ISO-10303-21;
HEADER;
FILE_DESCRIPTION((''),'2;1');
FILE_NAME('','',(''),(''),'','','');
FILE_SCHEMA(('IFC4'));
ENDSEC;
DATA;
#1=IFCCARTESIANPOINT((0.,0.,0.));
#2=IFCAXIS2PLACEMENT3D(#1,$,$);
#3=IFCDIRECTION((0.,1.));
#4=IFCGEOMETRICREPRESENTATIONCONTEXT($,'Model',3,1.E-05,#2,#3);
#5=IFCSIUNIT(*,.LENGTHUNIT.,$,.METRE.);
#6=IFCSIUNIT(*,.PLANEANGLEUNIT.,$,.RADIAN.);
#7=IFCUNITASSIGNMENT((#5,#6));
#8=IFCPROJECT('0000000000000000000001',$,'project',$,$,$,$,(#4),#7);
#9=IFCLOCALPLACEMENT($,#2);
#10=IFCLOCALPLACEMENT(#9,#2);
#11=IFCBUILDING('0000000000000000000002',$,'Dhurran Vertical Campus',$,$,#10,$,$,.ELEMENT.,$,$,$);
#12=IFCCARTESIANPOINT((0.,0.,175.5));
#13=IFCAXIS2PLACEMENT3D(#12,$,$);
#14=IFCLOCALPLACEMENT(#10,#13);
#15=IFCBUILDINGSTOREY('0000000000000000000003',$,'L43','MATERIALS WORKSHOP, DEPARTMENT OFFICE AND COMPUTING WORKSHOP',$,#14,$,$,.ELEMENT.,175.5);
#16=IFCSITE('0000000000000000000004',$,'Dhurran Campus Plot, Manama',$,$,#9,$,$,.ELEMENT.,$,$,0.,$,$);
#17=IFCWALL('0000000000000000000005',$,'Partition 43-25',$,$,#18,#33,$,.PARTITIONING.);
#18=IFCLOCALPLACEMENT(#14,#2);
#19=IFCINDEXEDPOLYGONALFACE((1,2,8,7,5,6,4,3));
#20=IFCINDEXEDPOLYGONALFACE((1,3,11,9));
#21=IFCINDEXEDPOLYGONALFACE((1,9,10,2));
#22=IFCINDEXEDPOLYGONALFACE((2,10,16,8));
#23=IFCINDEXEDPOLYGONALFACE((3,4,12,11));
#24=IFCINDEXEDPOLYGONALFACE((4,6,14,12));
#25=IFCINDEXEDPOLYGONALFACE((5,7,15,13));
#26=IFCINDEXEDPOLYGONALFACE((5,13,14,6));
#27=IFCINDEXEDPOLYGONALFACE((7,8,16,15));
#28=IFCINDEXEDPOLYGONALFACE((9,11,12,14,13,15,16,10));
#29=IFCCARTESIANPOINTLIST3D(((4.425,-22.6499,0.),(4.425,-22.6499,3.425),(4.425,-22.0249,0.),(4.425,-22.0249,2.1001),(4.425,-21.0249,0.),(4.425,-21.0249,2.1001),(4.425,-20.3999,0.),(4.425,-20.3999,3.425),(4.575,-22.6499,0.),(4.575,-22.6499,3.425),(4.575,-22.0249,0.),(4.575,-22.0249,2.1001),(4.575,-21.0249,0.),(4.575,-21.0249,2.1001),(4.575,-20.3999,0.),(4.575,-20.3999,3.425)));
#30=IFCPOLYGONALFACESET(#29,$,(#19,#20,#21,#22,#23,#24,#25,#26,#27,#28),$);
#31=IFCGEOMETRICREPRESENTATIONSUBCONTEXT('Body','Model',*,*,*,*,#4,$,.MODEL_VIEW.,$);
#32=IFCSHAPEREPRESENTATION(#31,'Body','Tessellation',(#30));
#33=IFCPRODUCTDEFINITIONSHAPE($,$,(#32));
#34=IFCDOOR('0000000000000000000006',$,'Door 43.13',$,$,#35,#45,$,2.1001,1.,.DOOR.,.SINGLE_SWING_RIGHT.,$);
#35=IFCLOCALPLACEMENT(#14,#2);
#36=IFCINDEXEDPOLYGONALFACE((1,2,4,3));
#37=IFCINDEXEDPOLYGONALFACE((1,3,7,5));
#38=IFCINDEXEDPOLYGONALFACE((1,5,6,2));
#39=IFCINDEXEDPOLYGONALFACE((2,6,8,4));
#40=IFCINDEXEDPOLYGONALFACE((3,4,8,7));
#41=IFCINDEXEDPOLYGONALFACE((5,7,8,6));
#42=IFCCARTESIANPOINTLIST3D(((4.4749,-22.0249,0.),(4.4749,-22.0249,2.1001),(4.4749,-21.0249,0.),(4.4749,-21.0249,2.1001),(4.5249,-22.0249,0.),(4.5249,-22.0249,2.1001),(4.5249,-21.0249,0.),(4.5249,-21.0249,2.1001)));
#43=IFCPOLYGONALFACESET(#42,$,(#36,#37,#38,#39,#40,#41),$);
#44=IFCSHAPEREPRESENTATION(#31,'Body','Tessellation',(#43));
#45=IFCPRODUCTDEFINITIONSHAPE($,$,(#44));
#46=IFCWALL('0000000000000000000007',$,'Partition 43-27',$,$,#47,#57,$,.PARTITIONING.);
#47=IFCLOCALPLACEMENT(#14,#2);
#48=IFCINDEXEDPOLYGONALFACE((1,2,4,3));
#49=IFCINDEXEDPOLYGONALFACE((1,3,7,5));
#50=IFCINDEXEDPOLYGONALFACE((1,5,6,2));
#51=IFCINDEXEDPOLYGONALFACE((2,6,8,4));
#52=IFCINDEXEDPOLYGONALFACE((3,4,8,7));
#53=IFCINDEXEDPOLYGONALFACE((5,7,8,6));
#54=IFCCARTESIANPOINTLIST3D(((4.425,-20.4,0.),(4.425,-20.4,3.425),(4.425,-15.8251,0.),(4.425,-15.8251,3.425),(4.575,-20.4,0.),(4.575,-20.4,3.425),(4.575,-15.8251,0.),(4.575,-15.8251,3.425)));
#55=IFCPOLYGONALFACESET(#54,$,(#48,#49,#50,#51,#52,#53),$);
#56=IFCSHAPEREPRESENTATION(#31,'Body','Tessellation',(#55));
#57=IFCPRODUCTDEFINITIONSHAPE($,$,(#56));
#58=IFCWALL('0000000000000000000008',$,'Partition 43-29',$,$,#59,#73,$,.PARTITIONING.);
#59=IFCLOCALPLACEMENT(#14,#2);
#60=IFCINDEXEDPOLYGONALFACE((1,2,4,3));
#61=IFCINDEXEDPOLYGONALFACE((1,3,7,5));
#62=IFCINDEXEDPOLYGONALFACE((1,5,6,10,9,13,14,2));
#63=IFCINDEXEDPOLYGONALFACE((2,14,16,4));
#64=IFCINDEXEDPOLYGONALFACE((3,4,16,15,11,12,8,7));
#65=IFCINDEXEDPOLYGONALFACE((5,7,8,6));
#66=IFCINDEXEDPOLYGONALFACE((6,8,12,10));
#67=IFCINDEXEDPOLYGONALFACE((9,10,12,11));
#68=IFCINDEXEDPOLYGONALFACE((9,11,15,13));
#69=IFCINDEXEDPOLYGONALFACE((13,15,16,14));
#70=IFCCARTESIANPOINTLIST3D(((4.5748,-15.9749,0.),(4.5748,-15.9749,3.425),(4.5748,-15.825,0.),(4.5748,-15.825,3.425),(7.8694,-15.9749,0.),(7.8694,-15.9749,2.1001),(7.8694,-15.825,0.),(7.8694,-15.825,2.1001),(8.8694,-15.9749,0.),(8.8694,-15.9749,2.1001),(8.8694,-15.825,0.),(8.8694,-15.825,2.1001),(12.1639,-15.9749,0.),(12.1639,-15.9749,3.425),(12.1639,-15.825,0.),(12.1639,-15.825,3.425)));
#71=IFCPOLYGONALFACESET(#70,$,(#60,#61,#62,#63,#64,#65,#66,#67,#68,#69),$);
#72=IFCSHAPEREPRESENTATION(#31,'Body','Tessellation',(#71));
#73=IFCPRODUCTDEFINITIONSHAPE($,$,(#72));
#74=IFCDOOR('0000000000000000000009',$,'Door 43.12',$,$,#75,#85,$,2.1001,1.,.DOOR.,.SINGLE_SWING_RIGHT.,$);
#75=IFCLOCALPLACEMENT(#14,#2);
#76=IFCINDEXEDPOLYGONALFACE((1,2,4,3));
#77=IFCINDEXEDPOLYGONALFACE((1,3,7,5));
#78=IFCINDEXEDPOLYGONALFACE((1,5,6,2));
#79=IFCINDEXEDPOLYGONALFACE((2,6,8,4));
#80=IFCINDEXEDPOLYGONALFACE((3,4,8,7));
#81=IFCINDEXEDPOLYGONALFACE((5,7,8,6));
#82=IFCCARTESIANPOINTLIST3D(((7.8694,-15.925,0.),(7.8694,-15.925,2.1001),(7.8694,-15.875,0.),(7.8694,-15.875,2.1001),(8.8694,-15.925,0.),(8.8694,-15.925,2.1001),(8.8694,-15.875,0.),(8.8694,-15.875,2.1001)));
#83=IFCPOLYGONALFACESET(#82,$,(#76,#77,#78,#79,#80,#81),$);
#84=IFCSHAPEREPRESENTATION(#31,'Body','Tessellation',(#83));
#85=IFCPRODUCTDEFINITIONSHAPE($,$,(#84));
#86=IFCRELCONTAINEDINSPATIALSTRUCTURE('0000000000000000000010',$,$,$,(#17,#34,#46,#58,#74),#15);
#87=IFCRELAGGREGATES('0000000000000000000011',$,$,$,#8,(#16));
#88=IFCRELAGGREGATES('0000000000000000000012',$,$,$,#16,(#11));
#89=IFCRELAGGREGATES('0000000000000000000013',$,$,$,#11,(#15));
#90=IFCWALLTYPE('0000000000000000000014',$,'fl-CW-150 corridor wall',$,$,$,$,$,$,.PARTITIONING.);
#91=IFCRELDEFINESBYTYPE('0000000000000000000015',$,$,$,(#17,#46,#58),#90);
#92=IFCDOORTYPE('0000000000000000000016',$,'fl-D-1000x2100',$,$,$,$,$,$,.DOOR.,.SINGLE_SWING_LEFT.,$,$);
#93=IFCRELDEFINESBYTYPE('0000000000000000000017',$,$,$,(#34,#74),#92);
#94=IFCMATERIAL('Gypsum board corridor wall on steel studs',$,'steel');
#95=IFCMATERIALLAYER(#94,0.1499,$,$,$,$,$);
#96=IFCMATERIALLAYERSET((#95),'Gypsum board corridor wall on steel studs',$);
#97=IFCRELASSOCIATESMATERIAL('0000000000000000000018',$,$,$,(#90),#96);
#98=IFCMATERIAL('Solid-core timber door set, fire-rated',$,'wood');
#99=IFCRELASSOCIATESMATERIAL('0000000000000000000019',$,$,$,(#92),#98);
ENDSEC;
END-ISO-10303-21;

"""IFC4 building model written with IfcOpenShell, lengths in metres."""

from ifc_helpers import new_model, si_unit, direction, frame, frame_2d, origin, place, context, subcontext, project, spatial, rectangle, extrude, material, layer, layer_set, type_object, element, fill, save


model = new_model("IFC4")

# Units and contexts
model_context = context("Model", 3, precision=1e-05, world=origin(), true_north=direction((0.0, 1.0)))
body_context = subcontext(model_context, "Body", "Model", "MODEL_VIEW")
ifc_project = project(units=[si_unit("LENGTHUNIT", "METRE"), si_unit("PLANEANGLEUNIT", "RADIAN")], contexts=[model_context])

# Site, building, storey
site_placement = place(None, origin())
site = spatial("IfcSite", under=ifc_project, at=site_placement, Name="Dhurran Campus Plot, Manama", CompositionType="ELEMENT", RefElevation=0.0)
building_placement = place(site_placement, origin())
building = spatial("IfcBuilding", under=site, at=building_placement, Name="Dhurran Vertical Campus", CompositionType="ELEMENT")
storey_placement = place(building_placement, frame((0.0, 0.0, 175.5)))
storey = spatial("IfcBuildingStorey", under=building, at=storey_placement, Name="L43", Description="MATERIALS WORKSHOP, DEPARTMENT OFFICE AND COMPUTING WORKSHOP", CompositionType="ELEMENT", Elevation=175.5)

# Wall, opening, door
ifc_material_1 = material(Name="Gypsum board corridor wall on steel studs", Category="steel")
ifc_layer_1 = layer(ifc_material_1, 0.1499)
ifc_layer_set_1 = layer_set([ifc_layer_1], Name="Gypsum board corridor wall on steel studs")
wall_type_1 = type_object("IfcWallType", Name="fl-CW-150 corridor wall", PredefinedType="PARTITIONING", material=ifc_layer_set_1)
wall_1_placement = place(storey_placement, frame((4.5, -20.3999, 0.0), z_axis=(0.0, 0.0, 1.0), x_axis=(0.0, -1.0, 0.0)))
wall_1 = element("IfcWall", 1, at=wall_1_placement, inside=storey, type_object=wall_type_1, Name="Partition 43-25", PredefinedType="PARTITIONING", context=body_context, shape_type="SweptSolid", body=[
    extrude(rectangle(XDim=2.25, YDim=0.1499, at=frame_2d((1.125, 0.0))), origin(), (0.0, 0.0, 1.0), 3.425),
])
opening_1_placement = place(wall_1_placement, frame((0.625, 0.0, 0.0)))
opening_1 = element("IfcOpeningElement", 2, at=opening_1_placement, cuts=wall_1, PredefinedType="OPENING", context=body_context, shape_type="SweptSolid", body=[
    extrude(rectangle(XDim=1.0, YDim=2.1001, at=frame_2d((0.5, 1.05))), frame((0.0, 0.085, 0.0), z_axis=(0.0, -1.0, 0.0), x_axis=(1.0, 0.0, 0.0)), (0.0, 0.0, 1.0), 0.1699),
])
ifc_material_2 = material(Name="Solid-core timber door set, fire-rated", Category="wood")
door_type_1 = type_object("IfcDoorType", Name="fl-D-1000x2100", OperationType="SINGLE_SWING_LEFT", PredefinedType="DOOR", material=ifc_material_2)
door_1_placement = place(opening_1_placement, origin())
door_1 = element("IfcDoor", 3, at=door_1_placement, inside=storey, type_object=door_type_1, Name="Door 43.13", OperationType="SINGLE_SWING_RIGHT", OverallHeight=2.1001, OverallWidth=1.0, PredefinedType="DOOR", context=body_context, shape_type="SweptSolid", body=[
    extrude(rectangle(XDim=1.0, YDim=2.1001, at=frame_2d((0.5, 1.05))), frame((0.0, 0.0249, 0.0), z_axis=(0.0, -1.0, 0.0), x_axis=(1.0, 0.0, 0.0)), (0.0, 0.0, 1.0), 0.05),
])
fill(opening_1, door_1)

# Wall
wall_2_placement = place(storey_placement, frame((4.5, -15.825, 0.0), z_axis=(0.0, 0.0, 1.0), x_axis=(0.0, -1.0, 0.0)))
element("IfcWall", 4, at=wall_2_placement, inside=storey, type_object=wall_type_1, Name="Partition 43-27", PredefinedType="PARTITIONING", context=body_context, shape_type="SweptSolid", body=[
    extrude(rectangle(XDim=4.575, YDim=0.1499, at=frame_2d((2.2876, 0.0))), origin(), (0.0, 0.0, 1.0), 3.425),
])

# Wall, opening, door
wall_3_placement = place(storey_placement, frame((4.575, -15.8999, 0.0), z_axis=(0.0, 0.0, 1.0), x_axis=(1.0, 0.0, 0.0)))
wall_3 = element("IfcWall", 5, at=wall_3_placement, inside=storey, type_object=wall_type_1, Name="Partition 43-29", PredefinedType="PARTITIONING", context=body_context, shape_type="SweptSolid", body=[
    extrude(rectangle(XDim=7.5891, YDim=0.1499, at=frame_2d((3.7944, 0.0))), origin(), (0.0, 0.0, 1.0), 3.425),
])
opening_2_placement = place(wall_3_placement, frame((3.2944, 0.0, 0.0)))
opening_2 = element("IfcOpeningElement", 6, at=opening_2_placement, cuts=wall_3, PredefinedType="OPENING", context=body_context, shape_type="SweptSolid", body=[
    extrude(rectangle(XDim=1.0, YDim=2.1001, at=frame_2d((0.5, 1.05))), frame((0.0, 0.085, 0.0), z_axis=(0.0, -1.0, 0.0), x_axis=(1.0, 0.0, 0.0)), (0.0, 0.0, 1.0), 0.1699),
])
door_2_placement = place(opening_2_placement, origin())
door_2 = element("IfcDoor", 7, at=door_2_placement, inside=storey, type_object=door_type_1, Name="Door 43.12", OperationType="SINGLE_SWING_RIGHT", OverallHeight=2.1001, OverallWidth=1.0, PredefinedType="DOOR", context=body_context, shape_type="SweptSolid", body=[
    extrude(rectangle(XDim=1.0, YDim=2.1001, at=frame_2d((0.5, 1.05))), frame((0.0, 0.0249, 0.0), z_axis=(0.0, -1.0, 0.0), x_axis=(1.0, 0.0, 0.0)), (0.0, 0.0, 1.0), 0.05),
])
fill(opening_2, door_2)

save(model, "model.ifc")
